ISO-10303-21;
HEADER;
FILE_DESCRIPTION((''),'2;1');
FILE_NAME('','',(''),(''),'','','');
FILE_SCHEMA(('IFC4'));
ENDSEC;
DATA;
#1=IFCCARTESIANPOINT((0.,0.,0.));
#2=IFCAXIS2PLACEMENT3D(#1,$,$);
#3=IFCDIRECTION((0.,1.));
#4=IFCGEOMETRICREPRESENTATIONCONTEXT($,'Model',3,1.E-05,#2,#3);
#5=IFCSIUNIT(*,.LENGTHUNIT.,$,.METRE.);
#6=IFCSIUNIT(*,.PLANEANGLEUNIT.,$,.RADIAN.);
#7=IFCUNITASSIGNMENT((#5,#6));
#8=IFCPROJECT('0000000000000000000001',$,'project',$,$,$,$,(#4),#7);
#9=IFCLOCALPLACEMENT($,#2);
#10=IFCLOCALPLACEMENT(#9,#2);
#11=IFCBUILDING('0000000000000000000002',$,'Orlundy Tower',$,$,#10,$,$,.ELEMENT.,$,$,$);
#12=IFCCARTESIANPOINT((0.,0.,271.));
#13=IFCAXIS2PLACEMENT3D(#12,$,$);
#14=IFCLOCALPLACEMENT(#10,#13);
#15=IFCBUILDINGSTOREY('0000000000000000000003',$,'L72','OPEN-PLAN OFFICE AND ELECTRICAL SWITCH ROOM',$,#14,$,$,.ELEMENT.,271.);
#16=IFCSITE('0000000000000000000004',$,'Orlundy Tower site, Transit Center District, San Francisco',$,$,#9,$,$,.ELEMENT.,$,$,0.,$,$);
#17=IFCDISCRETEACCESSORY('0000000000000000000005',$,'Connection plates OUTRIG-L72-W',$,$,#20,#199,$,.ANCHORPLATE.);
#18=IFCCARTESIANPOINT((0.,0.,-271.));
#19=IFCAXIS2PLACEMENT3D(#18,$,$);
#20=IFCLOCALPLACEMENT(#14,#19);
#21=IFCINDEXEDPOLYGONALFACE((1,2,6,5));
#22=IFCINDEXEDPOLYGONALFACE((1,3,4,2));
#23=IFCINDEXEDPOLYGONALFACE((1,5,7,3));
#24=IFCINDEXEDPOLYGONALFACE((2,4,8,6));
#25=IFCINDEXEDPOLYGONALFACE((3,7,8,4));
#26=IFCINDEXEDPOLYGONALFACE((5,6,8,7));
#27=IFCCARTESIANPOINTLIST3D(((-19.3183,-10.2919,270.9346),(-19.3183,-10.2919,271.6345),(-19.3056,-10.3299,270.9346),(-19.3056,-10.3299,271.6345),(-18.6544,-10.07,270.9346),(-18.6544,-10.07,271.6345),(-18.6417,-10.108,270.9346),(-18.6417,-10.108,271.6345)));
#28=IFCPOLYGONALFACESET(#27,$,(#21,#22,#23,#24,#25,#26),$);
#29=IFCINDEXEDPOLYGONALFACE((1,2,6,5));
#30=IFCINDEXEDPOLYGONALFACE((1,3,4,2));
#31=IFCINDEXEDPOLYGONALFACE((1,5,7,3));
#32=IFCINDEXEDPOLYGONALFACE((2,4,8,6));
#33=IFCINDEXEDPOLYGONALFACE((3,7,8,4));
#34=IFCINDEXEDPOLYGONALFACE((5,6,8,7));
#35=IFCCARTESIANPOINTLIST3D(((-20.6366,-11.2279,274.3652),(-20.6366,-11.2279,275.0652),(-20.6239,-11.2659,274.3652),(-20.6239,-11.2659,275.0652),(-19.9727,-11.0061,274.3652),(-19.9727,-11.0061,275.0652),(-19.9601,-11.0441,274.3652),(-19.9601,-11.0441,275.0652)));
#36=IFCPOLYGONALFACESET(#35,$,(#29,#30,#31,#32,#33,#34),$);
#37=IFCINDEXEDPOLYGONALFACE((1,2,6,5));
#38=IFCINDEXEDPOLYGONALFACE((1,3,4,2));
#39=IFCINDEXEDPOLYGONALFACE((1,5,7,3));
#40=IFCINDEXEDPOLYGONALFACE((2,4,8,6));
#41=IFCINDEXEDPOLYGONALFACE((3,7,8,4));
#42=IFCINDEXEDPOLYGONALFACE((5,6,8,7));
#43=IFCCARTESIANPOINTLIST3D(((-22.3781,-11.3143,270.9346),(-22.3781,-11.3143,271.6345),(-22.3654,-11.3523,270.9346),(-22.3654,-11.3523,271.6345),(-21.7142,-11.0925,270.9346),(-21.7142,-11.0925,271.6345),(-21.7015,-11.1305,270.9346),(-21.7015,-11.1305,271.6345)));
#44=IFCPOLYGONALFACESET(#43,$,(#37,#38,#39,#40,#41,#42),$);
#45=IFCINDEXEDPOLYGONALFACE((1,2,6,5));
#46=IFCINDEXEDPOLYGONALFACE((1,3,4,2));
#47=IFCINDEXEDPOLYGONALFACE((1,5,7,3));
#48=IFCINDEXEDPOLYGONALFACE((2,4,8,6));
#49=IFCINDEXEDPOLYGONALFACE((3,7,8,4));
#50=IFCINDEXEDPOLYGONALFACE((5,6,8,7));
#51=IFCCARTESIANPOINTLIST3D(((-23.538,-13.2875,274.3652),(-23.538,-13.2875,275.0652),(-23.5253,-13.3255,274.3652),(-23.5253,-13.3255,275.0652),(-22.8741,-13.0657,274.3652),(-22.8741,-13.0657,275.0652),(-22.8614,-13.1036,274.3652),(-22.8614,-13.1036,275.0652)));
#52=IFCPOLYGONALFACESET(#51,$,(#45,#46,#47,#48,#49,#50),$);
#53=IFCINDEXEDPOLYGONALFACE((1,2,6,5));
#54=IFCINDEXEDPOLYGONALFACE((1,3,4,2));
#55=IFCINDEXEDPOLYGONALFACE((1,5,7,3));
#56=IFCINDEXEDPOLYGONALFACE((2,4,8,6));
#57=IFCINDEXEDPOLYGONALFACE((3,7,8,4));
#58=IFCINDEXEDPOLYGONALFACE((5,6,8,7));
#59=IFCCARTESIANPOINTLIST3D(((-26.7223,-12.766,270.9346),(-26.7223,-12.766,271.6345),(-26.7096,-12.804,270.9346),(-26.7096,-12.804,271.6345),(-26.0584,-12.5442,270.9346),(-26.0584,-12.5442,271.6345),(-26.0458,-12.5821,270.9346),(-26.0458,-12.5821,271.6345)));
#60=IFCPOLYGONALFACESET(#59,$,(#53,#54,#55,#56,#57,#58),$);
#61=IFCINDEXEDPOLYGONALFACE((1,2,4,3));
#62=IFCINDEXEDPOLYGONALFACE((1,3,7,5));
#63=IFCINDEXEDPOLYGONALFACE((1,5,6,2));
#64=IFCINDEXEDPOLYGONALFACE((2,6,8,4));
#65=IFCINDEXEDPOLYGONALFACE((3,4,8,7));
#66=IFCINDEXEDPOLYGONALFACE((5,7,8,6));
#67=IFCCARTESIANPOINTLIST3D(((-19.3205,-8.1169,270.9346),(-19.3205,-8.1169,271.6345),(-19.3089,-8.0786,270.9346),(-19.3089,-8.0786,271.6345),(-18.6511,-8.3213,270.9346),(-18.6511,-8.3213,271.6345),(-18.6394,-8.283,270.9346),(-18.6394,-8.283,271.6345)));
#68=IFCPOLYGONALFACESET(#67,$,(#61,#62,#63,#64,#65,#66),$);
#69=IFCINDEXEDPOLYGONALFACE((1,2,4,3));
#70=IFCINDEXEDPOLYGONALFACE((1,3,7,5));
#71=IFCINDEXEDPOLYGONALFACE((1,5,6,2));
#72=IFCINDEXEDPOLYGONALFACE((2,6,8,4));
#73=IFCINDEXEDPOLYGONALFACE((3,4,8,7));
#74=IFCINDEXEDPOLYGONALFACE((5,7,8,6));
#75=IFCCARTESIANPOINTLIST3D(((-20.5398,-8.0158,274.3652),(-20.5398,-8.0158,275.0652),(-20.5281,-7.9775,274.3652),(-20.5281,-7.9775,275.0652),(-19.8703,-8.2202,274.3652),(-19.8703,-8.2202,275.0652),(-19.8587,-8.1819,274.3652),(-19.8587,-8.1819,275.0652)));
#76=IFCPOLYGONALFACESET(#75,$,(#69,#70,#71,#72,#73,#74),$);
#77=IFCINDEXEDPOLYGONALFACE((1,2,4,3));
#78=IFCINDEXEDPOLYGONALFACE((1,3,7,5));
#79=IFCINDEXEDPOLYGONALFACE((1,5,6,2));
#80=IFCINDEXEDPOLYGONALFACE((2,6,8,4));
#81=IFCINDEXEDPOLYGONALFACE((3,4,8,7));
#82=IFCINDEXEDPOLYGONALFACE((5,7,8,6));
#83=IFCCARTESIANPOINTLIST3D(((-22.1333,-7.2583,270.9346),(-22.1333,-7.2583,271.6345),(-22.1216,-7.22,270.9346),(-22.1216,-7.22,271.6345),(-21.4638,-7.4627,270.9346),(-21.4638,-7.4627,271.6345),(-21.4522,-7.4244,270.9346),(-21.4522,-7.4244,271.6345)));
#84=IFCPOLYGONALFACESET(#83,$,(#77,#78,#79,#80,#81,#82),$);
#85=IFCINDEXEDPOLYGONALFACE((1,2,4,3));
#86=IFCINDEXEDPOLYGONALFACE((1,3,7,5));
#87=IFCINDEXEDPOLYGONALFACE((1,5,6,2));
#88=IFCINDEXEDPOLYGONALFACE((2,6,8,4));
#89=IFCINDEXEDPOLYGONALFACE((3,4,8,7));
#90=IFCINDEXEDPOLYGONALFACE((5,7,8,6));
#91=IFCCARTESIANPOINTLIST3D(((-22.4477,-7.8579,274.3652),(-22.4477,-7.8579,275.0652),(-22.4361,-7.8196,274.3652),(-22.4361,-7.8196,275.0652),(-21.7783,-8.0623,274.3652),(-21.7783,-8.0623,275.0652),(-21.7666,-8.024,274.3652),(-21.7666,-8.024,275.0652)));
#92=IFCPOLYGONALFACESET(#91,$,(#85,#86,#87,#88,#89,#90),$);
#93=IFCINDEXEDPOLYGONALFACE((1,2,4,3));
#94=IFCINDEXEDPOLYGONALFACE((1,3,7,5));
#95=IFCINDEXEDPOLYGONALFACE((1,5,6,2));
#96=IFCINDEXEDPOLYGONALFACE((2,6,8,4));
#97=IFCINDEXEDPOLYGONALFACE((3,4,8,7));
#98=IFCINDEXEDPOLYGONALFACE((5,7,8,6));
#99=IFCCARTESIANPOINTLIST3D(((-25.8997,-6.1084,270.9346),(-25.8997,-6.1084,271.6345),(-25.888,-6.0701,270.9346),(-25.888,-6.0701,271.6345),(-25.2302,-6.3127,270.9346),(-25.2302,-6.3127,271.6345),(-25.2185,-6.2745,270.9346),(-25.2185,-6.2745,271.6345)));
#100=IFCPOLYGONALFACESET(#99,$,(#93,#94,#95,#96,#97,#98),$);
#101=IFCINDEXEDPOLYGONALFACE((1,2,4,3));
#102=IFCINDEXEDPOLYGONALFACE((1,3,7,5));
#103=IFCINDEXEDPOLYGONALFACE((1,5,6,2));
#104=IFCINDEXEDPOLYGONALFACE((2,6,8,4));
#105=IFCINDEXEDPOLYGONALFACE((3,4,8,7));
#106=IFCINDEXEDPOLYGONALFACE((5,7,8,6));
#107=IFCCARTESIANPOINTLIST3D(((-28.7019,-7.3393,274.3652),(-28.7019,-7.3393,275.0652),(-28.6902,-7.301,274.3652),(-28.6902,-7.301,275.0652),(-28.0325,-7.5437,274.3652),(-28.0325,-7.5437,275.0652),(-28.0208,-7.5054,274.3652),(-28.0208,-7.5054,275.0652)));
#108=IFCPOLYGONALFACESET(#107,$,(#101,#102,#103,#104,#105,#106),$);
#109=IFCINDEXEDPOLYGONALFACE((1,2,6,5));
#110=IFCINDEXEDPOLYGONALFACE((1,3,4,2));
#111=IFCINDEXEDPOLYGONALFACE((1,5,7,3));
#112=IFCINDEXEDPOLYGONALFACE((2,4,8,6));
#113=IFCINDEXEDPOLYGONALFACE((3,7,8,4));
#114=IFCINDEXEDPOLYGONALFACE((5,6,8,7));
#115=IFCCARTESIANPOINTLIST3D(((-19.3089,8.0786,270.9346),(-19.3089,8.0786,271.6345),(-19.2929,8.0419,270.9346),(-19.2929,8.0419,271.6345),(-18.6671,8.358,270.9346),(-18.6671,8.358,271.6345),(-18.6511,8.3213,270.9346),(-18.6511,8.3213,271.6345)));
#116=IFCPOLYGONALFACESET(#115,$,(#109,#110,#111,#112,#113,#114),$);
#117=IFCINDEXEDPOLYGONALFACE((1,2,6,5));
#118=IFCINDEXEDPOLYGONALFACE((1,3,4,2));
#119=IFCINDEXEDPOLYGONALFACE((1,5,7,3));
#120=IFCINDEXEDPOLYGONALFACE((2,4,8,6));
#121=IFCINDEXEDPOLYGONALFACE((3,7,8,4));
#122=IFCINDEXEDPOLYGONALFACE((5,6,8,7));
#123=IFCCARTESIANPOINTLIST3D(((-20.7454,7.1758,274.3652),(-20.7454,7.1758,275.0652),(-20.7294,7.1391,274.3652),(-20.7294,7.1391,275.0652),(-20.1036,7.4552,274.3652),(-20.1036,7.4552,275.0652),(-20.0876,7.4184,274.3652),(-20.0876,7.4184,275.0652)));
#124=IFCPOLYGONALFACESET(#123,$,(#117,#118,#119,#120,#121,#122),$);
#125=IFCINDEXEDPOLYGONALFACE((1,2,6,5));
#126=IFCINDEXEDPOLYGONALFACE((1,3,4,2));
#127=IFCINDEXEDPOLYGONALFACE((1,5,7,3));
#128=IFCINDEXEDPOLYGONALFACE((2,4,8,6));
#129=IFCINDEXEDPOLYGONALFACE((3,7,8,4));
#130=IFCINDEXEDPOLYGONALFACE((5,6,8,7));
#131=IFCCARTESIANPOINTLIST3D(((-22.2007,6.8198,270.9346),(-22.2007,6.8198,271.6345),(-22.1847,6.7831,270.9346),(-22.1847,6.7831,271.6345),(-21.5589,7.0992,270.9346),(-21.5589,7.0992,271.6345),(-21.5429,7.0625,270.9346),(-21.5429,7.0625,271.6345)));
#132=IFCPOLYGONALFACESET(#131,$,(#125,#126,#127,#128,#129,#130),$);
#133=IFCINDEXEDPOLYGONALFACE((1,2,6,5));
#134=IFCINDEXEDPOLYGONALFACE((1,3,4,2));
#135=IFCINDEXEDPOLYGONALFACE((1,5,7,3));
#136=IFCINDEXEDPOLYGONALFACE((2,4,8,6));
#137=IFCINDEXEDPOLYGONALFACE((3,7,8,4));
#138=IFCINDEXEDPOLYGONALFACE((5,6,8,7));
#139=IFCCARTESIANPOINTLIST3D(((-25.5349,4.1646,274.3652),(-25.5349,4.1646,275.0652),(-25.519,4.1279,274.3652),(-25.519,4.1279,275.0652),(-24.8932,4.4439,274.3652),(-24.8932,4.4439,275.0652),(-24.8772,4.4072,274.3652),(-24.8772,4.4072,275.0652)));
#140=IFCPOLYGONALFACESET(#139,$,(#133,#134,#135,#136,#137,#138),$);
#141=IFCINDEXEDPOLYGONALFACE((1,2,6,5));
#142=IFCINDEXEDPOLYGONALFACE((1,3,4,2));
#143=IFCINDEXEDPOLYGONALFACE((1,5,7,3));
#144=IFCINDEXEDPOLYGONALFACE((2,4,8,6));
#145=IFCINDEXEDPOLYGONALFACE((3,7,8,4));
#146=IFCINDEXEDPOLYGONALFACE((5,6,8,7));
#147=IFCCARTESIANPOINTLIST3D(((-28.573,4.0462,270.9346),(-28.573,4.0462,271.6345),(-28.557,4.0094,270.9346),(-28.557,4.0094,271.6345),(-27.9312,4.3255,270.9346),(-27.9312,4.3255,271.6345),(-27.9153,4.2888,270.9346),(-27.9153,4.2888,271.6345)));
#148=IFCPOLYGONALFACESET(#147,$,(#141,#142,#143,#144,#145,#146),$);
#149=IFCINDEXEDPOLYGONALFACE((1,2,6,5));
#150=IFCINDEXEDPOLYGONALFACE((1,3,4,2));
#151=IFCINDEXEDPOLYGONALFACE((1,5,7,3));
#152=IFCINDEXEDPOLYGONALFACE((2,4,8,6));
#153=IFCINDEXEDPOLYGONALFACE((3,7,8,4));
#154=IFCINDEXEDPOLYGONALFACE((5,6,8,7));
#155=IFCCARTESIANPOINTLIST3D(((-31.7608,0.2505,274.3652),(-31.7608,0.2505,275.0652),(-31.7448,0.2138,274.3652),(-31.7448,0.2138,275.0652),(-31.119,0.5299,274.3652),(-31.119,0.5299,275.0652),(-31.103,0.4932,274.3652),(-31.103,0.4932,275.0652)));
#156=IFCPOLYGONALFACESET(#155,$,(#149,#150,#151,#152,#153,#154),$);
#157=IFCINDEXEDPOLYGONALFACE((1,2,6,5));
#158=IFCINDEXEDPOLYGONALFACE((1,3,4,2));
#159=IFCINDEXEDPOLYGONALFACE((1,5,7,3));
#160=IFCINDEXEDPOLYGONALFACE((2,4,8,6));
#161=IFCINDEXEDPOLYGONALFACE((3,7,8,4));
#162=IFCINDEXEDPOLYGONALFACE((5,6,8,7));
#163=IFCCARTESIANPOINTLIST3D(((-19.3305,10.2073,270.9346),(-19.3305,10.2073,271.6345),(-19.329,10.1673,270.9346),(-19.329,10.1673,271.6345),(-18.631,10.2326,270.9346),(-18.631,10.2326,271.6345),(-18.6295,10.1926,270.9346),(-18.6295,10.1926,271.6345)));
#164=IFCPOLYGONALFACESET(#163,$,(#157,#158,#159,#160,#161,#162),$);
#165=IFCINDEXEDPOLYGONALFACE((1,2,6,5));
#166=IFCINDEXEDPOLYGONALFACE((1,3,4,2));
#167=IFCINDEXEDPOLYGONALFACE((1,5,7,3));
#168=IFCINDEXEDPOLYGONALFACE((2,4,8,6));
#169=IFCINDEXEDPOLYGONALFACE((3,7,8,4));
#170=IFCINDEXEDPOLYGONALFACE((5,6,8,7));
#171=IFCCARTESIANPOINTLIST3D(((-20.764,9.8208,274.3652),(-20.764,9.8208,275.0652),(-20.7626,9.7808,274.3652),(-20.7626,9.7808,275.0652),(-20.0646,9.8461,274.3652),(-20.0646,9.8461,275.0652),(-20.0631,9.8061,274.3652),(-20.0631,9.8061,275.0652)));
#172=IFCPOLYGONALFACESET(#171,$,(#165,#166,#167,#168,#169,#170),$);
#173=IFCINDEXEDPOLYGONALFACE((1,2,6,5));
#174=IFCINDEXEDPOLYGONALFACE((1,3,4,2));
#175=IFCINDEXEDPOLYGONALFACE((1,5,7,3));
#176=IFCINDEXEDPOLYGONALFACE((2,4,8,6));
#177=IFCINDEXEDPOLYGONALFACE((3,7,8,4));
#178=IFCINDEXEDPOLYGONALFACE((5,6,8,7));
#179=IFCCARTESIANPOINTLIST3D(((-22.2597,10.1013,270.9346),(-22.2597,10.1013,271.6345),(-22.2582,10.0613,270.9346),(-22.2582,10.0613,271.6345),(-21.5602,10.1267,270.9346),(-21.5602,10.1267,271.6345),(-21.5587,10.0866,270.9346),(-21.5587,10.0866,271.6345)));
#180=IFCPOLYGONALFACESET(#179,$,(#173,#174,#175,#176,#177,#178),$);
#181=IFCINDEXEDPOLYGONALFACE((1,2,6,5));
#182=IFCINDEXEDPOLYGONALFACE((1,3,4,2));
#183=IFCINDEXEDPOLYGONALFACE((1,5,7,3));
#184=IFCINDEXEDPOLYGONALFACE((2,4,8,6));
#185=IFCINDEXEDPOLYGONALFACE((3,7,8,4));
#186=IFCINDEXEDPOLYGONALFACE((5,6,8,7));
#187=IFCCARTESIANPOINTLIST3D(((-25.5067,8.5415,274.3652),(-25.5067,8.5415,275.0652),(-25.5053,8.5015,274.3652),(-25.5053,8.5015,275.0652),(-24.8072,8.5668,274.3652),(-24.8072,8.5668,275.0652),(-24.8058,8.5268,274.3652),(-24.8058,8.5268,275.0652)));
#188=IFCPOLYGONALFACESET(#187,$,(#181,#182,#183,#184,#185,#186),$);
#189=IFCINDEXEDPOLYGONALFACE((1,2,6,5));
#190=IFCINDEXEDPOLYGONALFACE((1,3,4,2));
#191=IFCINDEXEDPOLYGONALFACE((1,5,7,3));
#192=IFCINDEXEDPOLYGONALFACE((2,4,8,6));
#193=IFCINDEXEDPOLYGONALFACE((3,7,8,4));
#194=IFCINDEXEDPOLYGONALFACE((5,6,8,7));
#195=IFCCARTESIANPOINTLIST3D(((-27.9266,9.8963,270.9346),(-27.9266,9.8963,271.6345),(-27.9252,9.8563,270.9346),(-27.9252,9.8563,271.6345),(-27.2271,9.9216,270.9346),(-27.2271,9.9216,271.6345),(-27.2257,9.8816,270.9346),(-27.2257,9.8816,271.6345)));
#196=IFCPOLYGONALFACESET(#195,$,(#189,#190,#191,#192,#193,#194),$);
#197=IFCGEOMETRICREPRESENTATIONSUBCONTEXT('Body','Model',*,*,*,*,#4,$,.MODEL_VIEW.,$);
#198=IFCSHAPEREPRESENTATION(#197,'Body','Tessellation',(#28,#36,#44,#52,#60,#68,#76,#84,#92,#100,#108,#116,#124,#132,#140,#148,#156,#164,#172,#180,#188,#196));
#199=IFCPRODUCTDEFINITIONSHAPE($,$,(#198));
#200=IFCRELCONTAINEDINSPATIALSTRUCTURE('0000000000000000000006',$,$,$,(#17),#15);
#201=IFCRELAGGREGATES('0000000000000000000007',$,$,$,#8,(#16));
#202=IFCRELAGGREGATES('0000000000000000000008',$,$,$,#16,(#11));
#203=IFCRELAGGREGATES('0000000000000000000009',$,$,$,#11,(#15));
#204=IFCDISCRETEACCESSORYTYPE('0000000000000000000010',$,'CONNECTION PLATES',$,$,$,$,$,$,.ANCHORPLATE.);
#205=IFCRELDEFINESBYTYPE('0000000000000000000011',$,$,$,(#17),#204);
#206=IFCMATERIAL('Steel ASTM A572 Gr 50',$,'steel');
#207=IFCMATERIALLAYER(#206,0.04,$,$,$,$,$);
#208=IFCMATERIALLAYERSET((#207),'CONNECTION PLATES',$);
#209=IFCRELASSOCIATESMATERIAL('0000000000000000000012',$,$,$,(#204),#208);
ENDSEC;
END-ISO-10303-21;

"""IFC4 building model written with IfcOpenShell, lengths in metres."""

from ifc_helpers import new_model, si_unit, direction, frame, origin, origin_2d, place, context, subcontext, project, spatial, rectangle, extrude, material, layer, layer_set, type_object, element, save


model = new_model("IFC4")

# Units and contexts
model_context = context("Model", 3, precision=1e-05, world=origin(), true_north=direction((0.0, 1.0)))
body_context = subcontext(model_context, "Body", "Model", "MODEL_VIEW")
ifc_project = project(units=[si_unit("LENGTHUNIT", "METRE"), si_unit("PLANEANGLEUNIT", "RADIAN")], contexts=[model_context])

# Site, building, storey
site_placement = place(None, origin())
site = spatial("IfcSite", under=ifc_project, at=site_placement, Name="Orlundy Tower site, Transit Center District, San Francisco", CompositionType="ELEMENT", RefElevation=0.0)
building_placement = place(site_placement, origin())
building = spatial("IfcBuilding", under=site, at=building_placement, Name="Orlundy Tower", CompositionType="ELEMENT")
storey_placement = place(building_placement, frame((0.0, 0.0, 271.0)))
storey = spatial("IfcBuildingStorey", under=building, at=storey_placement, Name="L72", Description="OPEN-PLAN OFFICE AND ELECTRICAL SWITCH ROOM", CompositionType="ELEMENT", Elevation=271.0)

# Discrete accessory
ifc_material_1 = material(Name="Steel ASTM A572 Gr 50", Category="steel")
ifc_layer = layer(ifc_material_1, 0.04)
ifc_layer_set = layer_set([ifc_layer], Name="CONNECTION PLATES")
discrete_accessory_type = type_object("IfcDiscreteAccessoryType", Name="CONNECTION PLATES", PredefinedType="ANCHORPLATE", material=ifc_layer_set)
discrete_accessory_1_placement = place(storey_placement, frame((0.0, 0.0, -271.0)))
element("IfcDiscreteAccessory", 1, at=discrete_accessory_1_placement, inside=storey, type_object=discrete_accessory_type, Name="Connection plates OUTRIG-L72-W", PredefinedType="ANCHORPLATE", context=body_context, shape_type="SweptSolid", body=[
    extrude(rectangle(XDim=0.7, YDim=0.04, at=origin_2d()), frame((-18.98, -10.2, 270.9346), z_axis=(0.0, 0.0, 1.0), x_axis=(-0.948451, -0.316924, 0.0)), (0.0, 0.0, 1.0), 0.7),
    extrude(rectangle(XDim=0.7, YDim=0.04, at=origin_2d()), frame((-20.2983, -11.136, 274.3652), z_axis=(0.0, 0.0, 1.0), x_axis=(-0.948451, -0.316924, 0.0)), (0.0, 0.0, 1.0), 0.7),
    extrude(rectangle(XDim=0.7, YDim=0.04, at=origin_2d()), frame((-22.0398, -11.2224, 270.9346), z_axis=(0.0, 0.0, 1.0), x_axis=(-0.948451, -0.316924, 0.0)), (0.0, 0.0, 1.0), 0.7),
    extrude(rectangle(XDim=0.7, YDim=0.04, at=origin_2d()), frame((-23.1997, -13.1956, 274.3652), z_axis=(0.0, 0.0, 1.0), x_axis=(-0.948451, -0.316924, 0.0)), (0.0, 0.0, 1.0), 0.7),
    extrude(rectangle(XDim=0.7, YDim=0.04, at=origin_2d()), frame((-26.384, -12.6741, 270.9346), z_axis=(0.0, 0.0, 1.0), x_axis=(-0.948451, -0.316924, 0.0)), (0.0, 0.0, 1.0), 0.7),
    extrude(rectangle(XDim=0.7, YDim=0.04, at=origin_2d()), frame((-18.98, -8.2, 270.9346), z_axis=(0.0, 0.0, 1.0), x_axis=(-0.956417, 0.292004, 0.0)), (0.0, 0.0, 1.0), 0.7),
    extrude(rectangle(XDim=0.7, YDim=0.04, at=origin_2d()), frame((-20.1992, -8.0989, 274.3652), z_axis=(0.0, 0.0, 1.0), x_axis=(-0.956417, 0.292004, 0.0)), (0.0, 0.0, 1.0), 0.7),
    extrude(rectangle(XDim=0.7, YDim=0.04, at=origin_2d()), frame((-21.7927, -7.3413, 270.9346), z_axis=(0.0, 0.0, 1.0), x_axis=(-0.956417, 0.292004, 0.0)), (0.0, 0.0, 1.0), 0.7),
    extrude(rectangle(XDim=0.7, YDim=0.04, at=origin_2d()), frame((-22.1072, -7.9409, 274.3652), z_axis=(0.0, 0.0, 1.0), x_axis=(-0.956417, 0.292004, 0.0)), (0.0, 0.0, 1.0), 0.7),
    extrude(rectangle(XDim=0.7, YDim=0.04, at=origin_2d()), frame((-25.5591, -6.1914, 270.9346), z_axis=(0.0, 0.0, 1.0), x_axis=(-0.956417, 0.292004, 0.0)), (0.0, 0.0, 1.0), 0.7),
    extrude(rectangle(XDim=0.7, YDim=0.04, at=origin_2d()), frame((-28.3613, -7.4224, 274.3652), z_axis=(0.0, 0.0, 1.0), x_axis=(-0.956417, 0.292004, 0.0)), (0.0, 0.0, 1.0), 0.7),
    extrude(rectangle(XDim=0.7, YDim=0.04, at=origin_2d()), frame((-18.98, 8.2, 270.9346), z_axis=(0.0, 0.0, 1.0), x_axis=(-0.9169, -0.399117, 0.0)), (0.0, 0.0, 1.0), 0.7),
    extrude(rectangle(XDim=0.7, YDim=0.04, at=origin_2d()), frame((-20.4165, 7.2971, 274.3652), z_axis=(0.0, 0.0, 1.0), x_axis=(-0.9169, -0.399117, 0.0)), (0.0, 0.0, 1.0), 0.7),
    extrude(rectangle(XDim=0.7, YDim=0.04, at=origin_2d()), frame((-21.8718, 6.9412, 270.9346), z_axis=(0.0, 0.0, 1.0), x_axis=(-0.9169, -0.399117, 0.0)), (0.0, 0.0, 1.0), 0.7),
    extrude(rectangle(XDim=0.7, YDim=0.04, at=origin_2d()), frame((-25.2061, 4.2859, 274.3652), z_axis=(0.0, 0.0, 1.0), x_axis=(-0.9169, -0.399117, 0.0)), (0.0, 0.0, 1.0), 0.7),
    extrude(rectangle(XDim=0.7, YDim=0.04, at=origin_2d()), frame((-28.2441, 4.1675, 270.9346), z_axis=(0.0, 0.0, 1.0), x_axis=(-0.9169, -0.399117, 0.0)), (0.0, 0.0, 1.0), 0.7),
    extrude(rectangle(XDim=0.7, YDim=0.04, at=origin_2d()), frame((-31.4319, 0.3718, 274.3652), z_axis=(0.0, 0.0, 1.0), x_axis=(-0.9169, -0.399117, 0.0)), (0.0, 0.0, 1.0), 0.7),
    extrude(rectangle(XDim=0.7, YDim=0.04, at=origin_2d()), frame((-18.98, 10.2, 270.9346), z_axis=(0.0, 0.0, 1.0), x_axis=(-0.999346, -0.036155, 0.0)), (0.0, 0.0, 1.0), 0.7),
    extrude(rectangle(XDim=0.7, YDim=0.04, at=origin_2d()), frame((-20.4136, 9.8135, 274.3652), z_axis=(0.0, 0.0, 1.0), x_axis=(-0.999346, -0.036155, 0.0)), (0.0, 0.0, 1.0), 0.7),
    extrude(rectangle(XDim=0.7, YDim=0.04, at=origin_2d()), frame((-21.9092, 10.094, 270.9346), z_axis=(0.0, 0.0, 1.0), x_axis=(-0.999346, -0.036155, 0.0)), (0.0, 0.0, 1.0), 0.7),
    extrude(rectangle(XDim=0.7, YDim=0.04, at=origin_2d()), frame((-25.1562, 8.5342, 274.3652), z_axis=(0.0, 0.0, 1.0), x_axis=(-0.999346, -0.036155, 0.0)), (0.0, 0.0, 1.0), 0.7),
    extrude(rectangle(XDim=0.7, YDim=0.04, at=origin_2d()), frame((-27.5762, 9.8889, 270.9346), z_axis=(0.0, 0.0, 1.0), x_axis=(-0.999346, -0.036155, 0.0)), (0.0, 0.0, 1.0), 0.7),
])

save(model, "model.ifc")
